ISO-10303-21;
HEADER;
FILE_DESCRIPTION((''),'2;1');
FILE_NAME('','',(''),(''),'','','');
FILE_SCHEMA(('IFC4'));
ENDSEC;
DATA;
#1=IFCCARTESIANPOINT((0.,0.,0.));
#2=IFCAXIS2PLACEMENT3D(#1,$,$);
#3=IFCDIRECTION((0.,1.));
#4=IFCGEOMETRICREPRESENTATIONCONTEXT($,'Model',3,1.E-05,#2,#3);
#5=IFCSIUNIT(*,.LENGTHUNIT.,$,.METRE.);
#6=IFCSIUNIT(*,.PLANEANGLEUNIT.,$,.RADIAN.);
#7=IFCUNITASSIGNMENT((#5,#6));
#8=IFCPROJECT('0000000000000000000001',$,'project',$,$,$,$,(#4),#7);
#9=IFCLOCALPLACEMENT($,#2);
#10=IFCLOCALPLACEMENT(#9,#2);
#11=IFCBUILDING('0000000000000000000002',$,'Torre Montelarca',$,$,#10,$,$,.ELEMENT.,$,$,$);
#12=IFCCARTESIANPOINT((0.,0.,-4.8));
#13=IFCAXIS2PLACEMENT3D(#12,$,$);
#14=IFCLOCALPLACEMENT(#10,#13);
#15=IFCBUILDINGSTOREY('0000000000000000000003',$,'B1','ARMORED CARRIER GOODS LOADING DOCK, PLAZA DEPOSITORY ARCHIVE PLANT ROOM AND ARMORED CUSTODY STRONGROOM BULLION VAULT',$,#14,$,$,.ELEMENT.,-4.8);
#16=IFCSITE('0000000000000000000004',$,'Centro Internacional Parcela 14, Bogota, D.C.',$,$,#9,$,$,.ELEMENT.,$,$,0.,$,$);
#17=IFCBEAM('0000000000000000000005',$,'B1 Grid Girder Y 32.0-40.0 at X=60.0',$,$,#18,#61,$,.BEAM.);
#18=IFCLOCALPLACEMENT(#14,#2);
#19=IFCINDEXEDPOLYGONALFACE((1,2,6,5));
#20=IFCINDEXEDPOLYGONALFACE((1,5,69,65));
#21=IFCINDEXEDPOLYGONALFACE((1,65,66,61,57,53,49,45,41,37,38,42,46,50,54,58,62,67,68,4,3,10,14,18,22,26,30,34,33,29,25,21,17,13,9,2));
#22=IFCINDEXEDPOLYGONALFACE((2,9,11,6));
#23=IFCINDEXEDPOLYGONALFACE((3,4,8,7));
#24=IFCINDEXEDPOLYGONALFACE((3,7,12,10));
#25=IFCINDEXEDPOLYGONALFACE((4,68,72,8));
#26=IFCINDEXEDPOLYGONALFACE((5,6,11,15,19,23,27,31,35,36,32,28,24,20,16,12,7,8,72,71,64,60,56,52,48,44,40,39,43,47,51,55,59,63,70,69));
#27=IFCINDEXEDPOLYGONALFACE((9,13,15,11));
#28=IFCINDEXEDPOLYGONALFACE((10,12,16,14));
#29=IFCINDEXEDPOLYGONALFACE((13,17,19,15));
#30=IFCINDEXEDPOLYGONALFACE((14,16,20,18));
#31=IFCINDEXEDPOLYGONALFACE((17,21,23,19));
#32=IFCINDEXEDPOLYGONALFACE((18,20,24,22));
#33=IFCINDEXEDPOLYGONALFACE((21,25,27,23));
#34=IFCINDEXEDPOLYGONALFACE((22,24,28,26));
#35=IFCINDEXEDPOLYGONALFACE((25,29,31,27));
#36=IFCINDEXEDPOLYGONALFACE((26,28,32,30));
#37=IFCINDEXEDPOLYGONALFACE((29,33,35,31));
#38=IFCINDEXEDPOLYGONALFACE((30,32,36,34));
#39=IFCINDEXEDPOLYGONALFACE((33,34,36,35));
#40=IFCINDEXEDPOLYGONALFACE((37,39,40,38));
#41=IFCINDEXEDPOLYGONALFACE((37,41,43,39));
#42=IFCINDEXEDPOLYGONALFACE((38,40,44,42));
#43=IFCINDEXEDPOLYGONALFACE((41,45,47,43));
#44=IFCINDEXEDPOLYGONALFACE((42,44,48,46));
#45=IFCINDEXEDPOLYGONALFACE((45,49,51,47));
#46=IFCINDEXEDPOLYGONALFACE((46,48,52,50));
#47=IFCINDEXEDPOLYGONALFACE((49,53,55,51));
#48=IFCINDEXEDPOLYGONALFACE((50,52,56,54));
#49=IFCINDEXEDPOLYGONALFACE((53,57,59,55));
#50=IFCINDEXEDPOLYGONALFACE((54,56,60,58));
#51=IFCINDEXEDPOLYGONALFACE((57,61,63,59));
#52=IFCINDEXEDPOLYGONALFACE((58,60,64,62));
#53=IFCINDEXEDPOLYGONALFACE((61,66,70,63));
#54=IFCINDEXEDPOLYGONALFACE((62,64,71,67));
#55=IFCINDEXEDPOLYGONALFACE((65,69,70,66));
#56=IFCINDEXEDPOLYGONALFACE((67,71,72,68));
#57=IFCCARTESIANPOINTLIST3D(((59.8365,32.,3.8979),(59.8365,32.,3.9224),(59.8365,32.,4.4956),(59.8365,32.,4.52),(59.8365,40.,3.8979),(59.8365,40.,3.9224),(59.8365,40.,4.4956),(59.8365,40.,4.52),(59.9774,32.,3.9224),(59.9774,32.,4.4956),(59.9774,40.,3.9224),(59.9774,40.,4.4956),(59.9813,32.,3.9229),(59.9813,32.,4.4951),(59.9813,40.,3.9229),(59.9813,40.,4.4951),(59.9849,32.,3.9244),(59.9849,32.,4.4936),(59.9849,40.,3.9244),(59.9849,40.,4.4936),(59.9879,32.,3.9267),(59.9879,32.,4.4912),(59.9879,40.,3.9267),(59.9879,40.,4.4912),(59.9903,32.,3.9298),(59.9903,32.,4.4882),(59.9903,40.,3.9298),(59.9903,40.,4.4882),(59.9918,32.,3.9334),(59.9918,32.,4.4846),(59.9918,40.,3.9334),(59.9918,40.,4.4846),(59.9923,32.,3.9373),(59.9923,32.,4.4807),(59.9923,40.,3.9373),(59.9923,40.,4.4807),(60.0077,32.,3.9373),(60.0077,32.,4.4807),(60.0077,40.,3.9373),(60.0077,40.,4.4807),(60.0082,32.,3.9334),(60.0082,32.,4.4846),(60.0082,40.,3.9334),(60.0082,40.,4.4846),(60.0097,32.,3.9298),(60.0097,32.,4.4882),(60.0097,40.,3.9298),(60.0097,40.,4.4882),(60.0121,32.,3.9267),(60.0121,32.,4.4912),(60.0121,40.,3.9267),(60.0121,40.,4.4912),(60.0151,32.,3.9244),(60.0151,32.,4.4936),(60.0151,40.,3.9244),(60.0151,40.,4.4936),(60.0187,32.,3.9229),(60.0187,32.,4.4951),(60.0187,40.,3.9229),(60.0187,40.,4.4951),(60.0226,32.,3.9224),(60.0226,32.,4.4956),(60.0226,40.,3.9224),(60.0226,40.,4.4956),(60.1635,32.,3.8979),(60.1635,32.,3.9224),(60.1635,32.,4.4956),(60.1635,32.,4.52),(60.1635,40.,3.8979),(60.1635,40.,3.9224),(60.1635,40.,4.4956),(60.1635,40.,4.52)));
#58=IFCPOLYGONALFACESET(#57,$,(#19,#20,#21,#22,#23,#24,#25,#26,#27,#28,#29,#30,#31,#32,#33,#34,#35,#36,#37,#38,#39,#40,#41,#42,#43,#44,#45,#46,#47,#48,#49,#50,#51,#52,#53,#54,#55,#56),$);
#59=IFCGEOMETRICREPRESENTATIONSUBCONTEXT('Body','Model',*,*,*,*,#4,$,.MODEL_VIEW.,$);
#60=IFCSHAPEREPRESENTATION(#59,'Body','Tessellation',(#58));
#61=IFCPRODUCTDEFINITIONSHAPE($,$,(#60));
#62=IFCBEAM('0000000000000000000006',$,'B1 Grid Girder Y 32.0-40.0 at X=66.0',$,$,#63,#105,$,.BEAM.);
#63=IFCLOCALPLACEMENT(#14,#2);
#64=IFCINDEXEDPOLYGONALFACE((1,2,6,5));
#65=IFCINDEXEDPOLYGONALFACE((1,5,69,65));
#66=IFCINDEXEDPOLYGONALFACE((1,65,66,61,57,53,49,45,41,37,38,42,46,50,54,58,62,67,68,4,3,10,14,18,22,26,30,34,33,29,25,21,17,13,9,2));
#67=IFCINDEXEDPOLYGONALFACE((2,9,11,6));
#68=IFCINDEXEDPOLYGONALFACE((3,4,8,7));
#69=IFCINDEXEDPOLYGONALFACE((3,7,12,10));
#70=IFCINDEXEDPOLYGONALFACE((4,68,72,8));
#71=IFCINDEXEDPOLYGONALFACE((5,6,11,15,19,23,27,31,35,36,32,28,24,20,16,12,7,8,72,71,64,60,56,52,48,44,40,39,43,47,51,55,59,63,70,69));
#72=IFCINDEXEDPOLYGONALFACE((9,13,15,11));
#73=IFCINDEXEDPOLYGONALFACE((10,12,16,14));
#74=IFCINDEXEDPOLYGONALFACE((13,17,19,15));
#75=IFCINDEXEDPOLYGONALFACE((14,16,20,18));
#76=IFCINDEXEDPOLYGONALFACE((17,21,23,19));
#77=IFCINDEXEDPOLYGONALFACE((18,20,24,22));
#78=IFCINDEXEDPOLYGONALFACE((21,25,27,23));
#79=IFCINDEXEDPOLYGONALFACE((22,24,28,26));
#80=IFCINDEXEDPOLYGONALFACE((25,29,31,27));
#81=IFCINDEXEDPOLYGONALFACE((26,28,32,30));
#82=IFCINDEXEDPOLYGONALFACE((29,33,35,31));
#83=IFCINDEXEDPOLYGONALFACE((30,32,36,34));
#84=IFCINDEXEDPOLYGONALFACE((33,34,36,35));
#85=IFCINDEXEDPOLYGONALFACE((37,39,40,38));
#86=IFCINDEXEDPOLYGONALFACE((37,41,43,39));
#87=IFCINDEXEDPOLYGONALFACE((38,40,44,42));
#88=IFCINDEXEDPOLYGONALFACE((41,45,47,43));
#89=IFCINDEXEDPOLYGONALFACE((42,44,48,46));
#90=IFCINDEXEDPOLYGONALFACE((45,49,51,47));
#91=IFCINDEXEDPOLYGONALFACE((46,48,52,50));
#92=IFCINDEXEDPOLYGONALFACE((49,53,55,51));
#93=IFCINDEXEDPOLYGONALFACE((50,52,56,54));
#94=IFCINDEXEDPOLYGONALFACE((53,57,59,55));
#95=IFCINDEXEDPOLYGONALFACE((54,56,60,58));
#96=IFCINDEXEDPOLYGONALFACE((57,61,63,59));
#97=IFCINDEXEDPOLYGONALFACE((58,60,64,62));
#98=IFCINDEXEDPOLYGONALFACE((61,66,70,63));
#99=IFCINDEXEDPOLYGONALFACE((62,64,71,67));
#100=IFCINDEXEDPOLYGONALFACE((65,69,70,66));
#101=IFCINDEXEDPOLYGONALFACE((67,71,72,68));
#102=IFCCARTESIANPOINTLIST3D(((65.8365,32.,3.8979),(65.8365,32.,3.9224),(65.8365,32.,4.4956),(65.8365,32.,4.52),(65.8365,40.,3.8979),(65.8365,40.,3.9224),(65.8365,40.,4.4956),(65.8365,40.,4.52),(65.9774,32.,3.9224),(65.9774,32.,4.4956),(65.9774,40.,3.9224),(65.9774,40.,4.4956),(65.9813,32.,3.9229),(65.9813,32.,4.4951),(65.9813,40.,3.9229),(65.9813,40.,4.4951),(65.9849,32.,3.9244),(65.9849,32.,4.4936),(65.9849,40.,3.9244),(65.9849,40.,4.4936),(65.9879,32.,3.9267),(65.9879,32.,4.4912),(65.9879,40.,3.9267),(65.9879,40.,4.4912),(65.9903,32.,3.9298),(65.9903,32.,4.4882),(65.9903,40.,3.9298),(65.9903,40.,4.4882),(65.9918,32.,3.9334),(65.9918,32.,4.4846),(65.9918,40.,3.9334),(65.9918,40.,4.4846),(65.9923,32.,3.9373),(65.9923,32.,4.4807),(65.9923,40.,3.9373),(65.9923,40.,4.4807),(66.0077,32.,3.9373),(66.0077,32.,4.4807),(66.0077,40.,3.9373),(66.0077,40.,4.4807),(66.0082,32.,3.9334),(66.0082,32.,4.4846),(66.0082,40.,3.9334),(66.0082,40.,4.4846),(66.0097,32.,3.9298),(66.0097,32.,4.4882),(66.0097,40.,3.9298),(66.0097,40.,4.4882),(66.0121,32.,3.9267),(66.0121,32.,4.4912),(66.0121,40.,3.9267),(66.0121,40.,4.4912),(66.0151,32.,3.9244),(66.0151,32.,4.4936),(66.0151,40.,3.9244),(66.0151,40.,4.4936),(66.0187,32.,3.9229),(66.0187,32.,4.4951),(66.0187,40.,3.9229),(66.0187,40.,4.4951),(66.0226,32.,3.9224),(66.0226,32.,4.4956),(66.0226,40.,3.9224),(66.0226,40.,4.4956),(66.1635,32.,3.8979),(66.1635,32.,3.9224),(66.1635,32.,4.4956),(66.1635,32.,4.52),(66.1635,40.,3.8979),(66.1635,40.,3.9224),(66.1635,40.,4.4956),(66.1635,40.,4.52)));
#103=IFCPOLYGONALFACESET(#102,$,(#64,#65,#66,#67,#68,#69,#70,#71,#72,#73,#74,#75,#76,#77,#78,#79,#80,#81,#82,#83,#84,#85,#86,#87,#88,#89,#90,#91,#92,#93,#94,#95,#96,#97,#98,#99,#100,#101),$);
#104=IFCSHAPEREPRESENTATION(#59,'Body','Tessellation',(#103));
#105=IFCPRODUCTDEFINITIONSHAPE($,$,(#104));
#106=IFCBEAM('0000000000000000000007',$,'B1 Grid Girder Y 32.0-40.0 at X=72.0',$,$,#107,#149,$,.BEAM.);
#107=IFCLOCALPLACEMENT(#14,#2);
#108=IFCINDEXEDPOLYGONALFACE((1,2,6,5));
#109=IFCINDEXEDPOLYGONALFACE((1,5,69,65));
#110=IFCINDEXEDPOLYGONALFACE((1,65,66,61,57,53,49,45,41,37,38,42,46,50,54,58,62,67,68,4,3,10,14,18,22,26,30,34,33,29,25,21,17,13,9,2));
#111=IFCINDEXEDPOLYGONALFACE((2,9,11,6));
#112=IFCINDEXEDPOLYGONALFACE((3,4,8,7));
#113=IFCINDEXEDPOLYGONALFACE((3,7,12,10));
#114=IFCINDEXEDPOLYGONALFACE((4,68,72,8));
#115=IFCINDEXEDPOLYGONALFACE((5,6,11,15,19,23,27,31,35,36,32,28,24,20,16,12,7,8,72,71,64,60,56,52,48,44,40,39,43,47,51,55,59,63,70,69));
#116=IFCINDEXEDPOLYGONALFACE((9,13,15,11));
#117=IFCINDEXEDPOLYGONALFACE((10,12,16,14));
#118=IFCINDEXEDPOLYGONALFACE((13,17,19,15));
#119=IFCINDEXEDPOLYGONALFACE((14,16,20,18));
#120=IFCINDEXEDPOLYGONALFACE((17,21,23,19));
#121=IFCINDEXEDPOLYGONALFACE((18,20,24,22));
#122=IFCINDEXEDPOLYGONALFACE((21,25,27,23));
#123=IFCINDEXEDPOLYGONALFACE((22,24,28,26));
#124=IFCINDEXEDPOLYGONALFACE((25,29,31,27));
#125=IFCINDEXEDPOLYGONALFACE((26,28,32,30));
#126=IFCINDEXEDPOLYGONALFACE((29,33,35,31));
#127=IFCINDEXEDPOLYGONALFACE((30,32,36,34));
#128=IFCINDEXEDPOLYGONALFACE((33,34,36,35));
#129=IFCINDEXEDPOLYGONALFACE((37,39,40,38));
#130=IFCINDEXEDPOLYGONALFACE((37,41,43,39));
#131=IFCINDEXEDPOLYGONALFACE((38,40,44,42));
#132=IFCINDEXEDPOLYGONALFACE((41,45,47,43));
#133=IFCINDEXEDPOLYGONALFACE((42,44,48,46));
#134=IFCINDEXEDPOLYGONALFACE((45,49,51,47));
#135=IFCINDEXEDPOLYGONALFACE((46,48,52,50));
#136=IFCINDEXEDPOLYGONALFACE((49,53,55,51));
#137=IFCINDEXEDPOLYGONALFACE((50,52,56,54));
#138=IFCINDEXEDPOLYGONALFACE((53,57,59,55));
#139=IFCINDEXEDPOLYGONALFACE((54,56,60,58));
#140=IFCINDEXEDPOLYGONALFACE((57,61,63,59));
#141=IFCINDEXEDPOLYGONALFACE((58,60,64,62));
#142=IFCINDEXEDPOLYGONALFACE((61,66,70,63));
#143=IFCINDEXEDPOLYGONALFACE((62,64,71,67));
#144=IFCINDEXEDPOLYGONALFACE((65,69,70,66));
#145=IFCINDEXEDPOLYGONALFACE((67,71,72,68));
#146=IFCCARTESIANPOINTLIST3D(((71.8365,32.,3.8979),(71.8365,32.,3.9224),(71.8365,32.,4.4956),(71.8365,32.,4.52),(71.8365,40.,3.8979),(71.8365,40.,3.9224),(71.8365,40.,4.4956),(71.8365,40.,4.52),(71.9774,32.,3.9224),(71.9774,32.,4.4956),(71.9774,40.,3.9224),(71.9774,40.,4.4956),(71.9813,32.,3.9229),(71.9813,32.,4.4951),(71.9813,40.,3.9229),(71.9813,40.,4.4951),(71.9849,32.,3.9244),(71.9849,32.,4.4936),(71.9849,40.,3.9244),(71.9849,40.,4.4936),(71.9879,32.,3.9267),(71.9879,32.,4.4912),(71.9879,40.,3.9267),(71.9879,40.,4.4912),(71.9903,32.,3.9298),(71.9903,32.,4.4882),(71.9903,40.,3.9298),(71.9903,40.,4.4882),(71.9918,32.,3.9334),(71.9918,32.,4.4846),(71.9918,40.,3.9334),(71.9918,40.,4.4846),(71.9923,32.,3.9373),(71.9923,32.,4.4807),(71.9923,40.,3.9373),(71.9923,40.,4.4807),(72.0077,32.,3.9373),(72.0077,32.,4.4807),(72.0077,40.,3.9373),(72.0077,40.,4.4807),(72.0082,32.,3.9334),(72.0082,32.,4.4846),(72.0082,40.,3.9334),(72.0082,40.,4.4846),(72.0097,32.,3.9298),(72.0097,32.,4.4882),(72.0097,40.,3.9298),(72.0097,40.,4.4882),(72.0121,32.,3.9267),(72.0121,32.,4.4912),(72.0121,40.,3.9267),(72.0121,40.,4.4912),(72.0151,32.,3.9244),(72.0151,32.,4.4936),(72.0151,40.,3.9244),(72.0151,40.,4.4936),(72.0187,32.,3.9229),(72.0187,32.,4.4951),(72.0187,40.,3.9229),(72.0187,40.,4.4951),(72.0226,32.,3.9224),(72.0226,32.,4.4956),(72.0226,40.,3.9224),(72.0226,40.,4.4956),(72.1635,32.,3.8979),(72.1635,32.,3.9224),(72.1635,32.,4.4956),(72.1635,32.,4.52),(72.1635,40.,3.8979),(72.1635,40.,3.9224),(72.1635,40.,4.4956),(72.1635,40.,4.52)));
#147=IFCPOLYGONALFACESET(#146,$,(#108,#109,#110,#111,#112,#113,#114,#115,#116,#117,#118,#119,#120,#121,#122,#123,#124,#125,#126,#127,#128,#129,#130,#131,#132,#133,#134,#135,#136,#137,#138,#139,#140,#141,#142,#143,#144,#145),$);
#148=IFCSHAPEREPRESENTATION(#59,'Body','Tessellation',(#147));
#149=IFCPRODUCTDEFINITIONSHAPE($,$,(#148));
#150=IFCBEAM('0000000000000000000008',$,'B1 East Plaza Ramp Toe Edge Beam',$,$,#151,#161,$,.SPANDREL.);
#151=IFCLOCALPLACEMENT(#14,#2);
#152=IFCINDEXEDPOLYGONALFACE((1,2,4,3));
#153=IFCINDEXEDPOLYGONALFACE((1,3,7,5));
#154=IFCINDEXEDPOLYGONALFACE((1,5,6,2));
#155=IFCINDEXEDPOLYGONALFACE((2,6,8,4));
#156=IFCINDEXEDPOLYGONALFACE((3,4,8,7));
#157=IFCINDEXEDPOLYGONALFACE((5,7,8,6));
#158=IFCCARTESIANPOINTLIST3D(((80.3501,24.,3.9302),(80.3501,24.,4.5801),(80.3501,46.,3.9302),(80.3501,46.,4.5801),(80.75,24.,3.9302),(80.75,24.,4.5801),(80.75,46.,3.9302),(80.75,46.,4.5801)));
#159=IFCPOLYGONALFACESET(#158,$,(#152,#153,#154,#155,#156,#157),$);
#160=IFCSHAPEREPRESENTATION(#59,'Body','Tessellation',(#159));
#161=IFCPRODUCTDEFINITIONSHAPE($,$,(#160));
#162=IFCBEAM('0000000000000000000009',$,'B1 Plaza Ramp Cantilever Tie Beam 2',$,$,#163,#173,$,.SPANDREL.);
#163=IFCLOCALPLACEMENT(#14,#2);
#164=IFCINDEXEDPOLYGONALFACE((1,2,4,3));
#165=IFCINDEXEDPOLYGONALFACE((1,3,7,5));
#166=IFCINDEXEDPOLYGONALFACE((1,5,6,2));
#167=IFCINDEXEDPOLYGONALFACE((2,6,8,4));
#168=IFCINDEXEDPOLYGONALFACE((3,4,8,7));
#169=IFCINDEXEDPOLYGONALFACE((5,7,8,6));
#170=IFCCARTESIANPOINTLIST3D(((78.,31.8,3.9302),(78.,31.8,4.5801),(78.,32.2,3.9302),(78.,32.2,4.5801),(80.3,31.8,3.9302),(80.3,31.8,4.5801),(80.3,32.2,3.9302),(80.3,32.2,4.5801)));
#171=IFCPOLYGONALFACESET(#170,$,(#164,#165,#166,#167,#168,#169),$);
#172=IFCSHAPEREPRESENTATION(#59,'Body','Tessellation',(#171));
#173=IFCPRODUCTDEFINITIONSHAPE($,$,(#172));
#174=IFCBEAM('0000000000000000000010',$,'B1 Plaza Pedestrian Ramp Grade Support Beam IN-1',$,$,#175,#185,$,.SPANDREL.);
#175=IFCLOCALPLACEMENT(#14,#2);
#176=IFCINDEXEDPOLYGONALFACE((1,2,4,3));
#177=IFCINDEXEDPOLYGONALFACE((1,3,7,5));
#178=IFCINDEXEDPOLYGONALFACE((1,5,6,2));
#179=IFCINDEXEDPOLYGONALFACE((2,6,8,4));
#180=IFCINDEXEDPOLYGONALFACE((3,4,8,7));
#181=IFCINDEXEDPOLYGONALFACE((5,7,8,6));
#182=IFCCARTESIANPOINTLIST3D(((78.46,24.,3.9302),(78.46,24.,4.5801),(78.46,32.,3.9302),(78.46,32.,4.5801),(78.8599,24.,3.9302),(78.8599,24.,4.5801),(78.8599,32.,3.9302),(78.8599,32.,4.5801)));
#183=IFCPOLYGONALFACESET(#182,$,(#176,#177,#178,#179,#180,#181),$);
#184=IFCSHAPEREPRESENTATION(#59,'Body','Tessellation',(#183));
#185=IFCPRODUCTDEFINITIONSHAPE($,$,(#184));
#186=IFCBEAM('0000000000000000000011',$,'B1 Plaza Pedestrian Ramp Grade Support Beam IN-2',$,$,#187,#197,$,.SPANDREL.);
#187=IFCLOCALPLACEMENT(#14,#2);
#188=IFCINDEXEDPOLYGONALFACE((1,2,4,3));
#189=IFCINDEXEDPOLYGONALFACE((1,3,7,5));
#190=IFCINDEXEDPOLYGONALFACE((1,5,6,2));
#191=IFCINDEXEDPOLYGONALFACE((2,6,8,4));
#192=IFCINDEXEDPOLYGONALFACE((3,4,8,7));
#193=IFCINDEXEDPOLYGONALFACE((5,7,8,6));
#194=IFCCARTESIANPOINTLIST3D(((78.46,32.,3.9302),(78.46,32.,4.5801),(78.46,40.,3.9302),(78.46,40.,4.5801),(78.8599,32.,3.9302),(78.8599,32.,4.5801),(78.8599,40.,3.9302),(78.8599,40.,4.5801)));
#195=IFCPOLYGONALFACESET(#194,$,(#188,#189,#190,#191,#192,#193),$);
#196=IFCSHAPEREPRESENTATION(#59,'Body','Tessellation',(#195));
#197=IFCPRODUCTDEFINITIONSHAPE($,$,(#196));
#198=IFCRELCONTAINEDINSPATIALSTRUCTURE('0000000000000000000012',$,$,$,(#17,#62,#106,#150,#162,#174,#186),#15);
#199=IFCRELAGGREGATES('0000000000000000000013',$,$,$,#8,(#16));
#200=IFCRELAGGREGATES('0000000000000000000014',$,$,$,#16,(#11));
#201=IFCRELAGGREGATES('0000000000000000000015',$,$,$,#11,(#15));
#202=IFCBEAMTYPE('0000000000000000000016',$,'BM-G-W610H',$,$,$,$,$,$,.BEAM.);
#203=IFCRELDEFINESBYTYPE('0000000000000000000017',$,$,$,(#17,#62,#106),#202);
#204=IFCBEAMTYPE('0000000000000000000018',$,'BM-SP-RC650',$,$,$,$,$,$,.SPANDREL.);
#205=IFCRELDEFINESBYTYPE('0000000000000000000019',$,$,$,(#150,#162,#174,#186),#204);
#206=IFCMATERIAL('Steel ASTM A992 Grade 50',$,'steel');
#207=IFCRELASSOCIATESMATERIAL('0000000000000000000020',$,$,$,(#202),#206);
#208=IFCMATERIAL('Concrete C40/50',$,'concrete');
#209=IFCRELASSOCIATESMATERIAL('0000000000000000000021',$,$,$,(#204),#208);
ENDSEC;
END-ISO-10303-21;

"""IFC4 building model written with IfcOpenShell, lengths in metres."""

from ifc_helpers import new_model, si_unit, direction, frame, origin, origin_2d, place, context, subcontext, project, spatial, rectangle, i_section, extrude, source, transform, mapped, material, material_profile, profile_set, type_object, element, save


model = new_model("IFC4")

# Units and contexts
model_context = context("Model", 3, precision=1e-05, world=origin(), true_north=direction((0.0, 1.0)))
body_context = subcontext(model_context, "Body", "Model", "MODEL_VIEW")
ifc_project = project(units=[si_unit("LENGTHUNIT", "METRE"), si_unit("PLANEANGLEUNIT", "RADIAN")], contexts=[model_context])

# Site, building, storey
site_placement = place(None, origin())
site = spatial("IfcSite", under=ifc_project, at=site_placement, Name="Centro Internacional Parcela 14, Bogota, D.C.", CompositionType="ELEMENT", RefElevation=0.0)
building_placement = place(site_placement, origin())
building = spatial("IfcBuilding", under=site, at=building_placement, Name="Torre Montelarca", CompositionType="ELEMENT")
storey_placement = place(building_placement, frame((0.0, 0.0, -4.8)))
storey = spatial("IfcBuildingStorey", under=building, at=storey_placement, Name="B1", Description="ARMORED CARRIER GOODS LOADING DOCK, PLAZA DEPOSITORY ARCHIVE PLANT ROOM AND ARMORED CUSTODY STRONGROOM BULLION VAULT", CompositionType="ELEMENT", Elevation=-4.8)

# Beams
ifc_material_1 = material(Name="Steel ASTM A992 Grade 50", Category="steel")
ifc_material_profile_1 = material_profile(ifc_material_1, i_section(OverallWidth=0.3269, OverallDepth=0.6221, WebThickness=0.0154, FlangeThickness=0.0244, FilletRadius=0.0149, at=origin_2d()), Name="W610X195", Category="steel")
ifc_profile_set_1 = profile_set([ifc_material_profile_1], Name="Steel ASTM A992 Grade 50")
beam_type_1 = type_object("IfcBeamType", Name="BM-G-W610H", PredefinedType="BEAM", material=ifc_profile_set_1)
shared_shape_1 = source(origin(), body_context, "Body", "SweptSolid", [
    extrude(i_section(OverallWidth=0.3269, OverallDepth=0.6221, WebThickness=0.0154, FlangeThickness=0.0244, FilletRadius=0.0149, at=origin_2d()), origin(), (0.0, 0.0, 1.0), 8.0),
])
for number, where, z_axis, x_axis, name in (
    (1, (60.0, 32.0, 4.209), (0.0, 1.0, 0.0), (-1.0, 0.0, 0.0), "B1 Grid Girder Y 32.0-40.0 at X=60.0"),
    (2, (66.0, 32.0, 4.209), (0.0, 1.0, 0.0), (-1.0, 0.0, 0.0), "B1 Grid Girder Y 32.0-40.0 at X=66.0"),
    (3, (72.0, 32.0, 4.209), (0.0, 1.0, 0.0), (-1.0, 0.0, 0.0), "B1 Grid Girder Y 32.0-40.0 at X=72.0"),
):
    element("IfcBeam", number, at=place(storey_placement, frame(where, z_axis=z_axis, x_axis=x_axis)), inside=storey, type_object=beam_type_1, Name=name, PredefinedType="BEAM", context=body_context, shape_type="MappedRepresentation", body=[
        mapped(shared_shape_1, transform((0.0, 0.0, 0.0), scale=1.0)),
    ])
ifc_material_2 = material(Name="Concrete C40/50", Category="concrete")
ifc_material_profile_2 = material_profile(ifc_material_2, rectangle(XDim=0.3999, YDim=0.6499, at=origin_2d()), Name="RCB400X650", Category="concrete")
ifc_profile_set_2 = profile_set([ifc_material_profile_2], Name="Concrete C40/50")
beam_type_2 = type_object("IfcBeamType", Name="BM-SP-RC650", PredefinedType="SPANDREL", material=ifc_profile_set_2)
shared_shape_2 = source(origin(), body_context, "Body", "SweptSolid", [
    extrude(rectangle(XDim=0.3999, YDim=0.6499, at=origin_2d()), origin(), (0.0, 0.0, 1.0), 22.0),
])
beam_1_placement = place(storey_placement, frame((80.55, 24.0, 4.2551), z_axis=(0.0, 1.0, 0.0), x_axis=(-1.0, 0.0, 0.0)))
element("IfcBeam", 4, at=beam_1_placement, inside=storey, type_object=beam_type_2, Name="B1 East Plaza Ramp Toe Edge Beam", PredefinedType="SPANDREL", context=body_context, shape_type="MappedRepresentation", body=[
    mapped(shared_shape_2, transform((0.0, 0.0, 0.0), scale=1.0)),
])
shared_shape_3 = source(origin(), body_context, "Body", "SweptSolid", [
    extrude(rectangle(XDim=0.3999, YDim=0.6499, at=origin_2d()), origin(), (0.0, 0.0, 1.0), 2.3),
])
beam_2_placement = place(storey_placement, frame((78.0, 32.0, 4.2551), z_axis=(1.0, 0.0, 0.0), x_axis=(0.0, 1.0, 0.0)))
element("IfcBeam", 5, at=beam_2_placement, inside=storey, type_object=beam_type_2, Name="B1 Plaza Ramp Cantilever Tie Beam 2", PredefinedType="SPANDREL", context=body_context, shape_type="MappedRepresentation", body=[
    mapped(shared_shape_3, transform((0.0, 0.0, 0.0), scale=1.0)),
])
shared_shape_4 = source(origin(), body_context, "Body", "SweptSolid", [
    extrude(rectangle(XDim=0.3999, YDim=0.6499, at=origin_2d()), origin(), (0.0, 0.0, 1.0), 8.0),
])
for number, where, z_axis, x_axis, name in (
    (6, (78.6599, 24.0, 4.2551), (0.0, 1.0, 0.0), (-1.0, 0.0, 0.0), "B1 Plaza Pedestrian Ramp Grade Support Beam IN-1"),
    (7, (78.6599, 32.0, 4.2551), (0.0, 1.0, 0.0), (-1.0, 0.0, 0.0), "B1 Plaza Pedestrian Ramp Grade Support Beam IN-2"),
):
    element("IfcBeam", number, at=place(storey_placement, frame(where, z_axis=z_axis, x_axis=x_axis)), inside=storey, type_object=beam_type_2, Name=name, PredefinedType="SPANDREL", context=body_context, shape_type="MappedRepresentation", body=[
        mapped(shared_shape_4, transform((0.0, 0.0, 0.0), scale=1.0)),
    ])

save(model, "model.ifc")
